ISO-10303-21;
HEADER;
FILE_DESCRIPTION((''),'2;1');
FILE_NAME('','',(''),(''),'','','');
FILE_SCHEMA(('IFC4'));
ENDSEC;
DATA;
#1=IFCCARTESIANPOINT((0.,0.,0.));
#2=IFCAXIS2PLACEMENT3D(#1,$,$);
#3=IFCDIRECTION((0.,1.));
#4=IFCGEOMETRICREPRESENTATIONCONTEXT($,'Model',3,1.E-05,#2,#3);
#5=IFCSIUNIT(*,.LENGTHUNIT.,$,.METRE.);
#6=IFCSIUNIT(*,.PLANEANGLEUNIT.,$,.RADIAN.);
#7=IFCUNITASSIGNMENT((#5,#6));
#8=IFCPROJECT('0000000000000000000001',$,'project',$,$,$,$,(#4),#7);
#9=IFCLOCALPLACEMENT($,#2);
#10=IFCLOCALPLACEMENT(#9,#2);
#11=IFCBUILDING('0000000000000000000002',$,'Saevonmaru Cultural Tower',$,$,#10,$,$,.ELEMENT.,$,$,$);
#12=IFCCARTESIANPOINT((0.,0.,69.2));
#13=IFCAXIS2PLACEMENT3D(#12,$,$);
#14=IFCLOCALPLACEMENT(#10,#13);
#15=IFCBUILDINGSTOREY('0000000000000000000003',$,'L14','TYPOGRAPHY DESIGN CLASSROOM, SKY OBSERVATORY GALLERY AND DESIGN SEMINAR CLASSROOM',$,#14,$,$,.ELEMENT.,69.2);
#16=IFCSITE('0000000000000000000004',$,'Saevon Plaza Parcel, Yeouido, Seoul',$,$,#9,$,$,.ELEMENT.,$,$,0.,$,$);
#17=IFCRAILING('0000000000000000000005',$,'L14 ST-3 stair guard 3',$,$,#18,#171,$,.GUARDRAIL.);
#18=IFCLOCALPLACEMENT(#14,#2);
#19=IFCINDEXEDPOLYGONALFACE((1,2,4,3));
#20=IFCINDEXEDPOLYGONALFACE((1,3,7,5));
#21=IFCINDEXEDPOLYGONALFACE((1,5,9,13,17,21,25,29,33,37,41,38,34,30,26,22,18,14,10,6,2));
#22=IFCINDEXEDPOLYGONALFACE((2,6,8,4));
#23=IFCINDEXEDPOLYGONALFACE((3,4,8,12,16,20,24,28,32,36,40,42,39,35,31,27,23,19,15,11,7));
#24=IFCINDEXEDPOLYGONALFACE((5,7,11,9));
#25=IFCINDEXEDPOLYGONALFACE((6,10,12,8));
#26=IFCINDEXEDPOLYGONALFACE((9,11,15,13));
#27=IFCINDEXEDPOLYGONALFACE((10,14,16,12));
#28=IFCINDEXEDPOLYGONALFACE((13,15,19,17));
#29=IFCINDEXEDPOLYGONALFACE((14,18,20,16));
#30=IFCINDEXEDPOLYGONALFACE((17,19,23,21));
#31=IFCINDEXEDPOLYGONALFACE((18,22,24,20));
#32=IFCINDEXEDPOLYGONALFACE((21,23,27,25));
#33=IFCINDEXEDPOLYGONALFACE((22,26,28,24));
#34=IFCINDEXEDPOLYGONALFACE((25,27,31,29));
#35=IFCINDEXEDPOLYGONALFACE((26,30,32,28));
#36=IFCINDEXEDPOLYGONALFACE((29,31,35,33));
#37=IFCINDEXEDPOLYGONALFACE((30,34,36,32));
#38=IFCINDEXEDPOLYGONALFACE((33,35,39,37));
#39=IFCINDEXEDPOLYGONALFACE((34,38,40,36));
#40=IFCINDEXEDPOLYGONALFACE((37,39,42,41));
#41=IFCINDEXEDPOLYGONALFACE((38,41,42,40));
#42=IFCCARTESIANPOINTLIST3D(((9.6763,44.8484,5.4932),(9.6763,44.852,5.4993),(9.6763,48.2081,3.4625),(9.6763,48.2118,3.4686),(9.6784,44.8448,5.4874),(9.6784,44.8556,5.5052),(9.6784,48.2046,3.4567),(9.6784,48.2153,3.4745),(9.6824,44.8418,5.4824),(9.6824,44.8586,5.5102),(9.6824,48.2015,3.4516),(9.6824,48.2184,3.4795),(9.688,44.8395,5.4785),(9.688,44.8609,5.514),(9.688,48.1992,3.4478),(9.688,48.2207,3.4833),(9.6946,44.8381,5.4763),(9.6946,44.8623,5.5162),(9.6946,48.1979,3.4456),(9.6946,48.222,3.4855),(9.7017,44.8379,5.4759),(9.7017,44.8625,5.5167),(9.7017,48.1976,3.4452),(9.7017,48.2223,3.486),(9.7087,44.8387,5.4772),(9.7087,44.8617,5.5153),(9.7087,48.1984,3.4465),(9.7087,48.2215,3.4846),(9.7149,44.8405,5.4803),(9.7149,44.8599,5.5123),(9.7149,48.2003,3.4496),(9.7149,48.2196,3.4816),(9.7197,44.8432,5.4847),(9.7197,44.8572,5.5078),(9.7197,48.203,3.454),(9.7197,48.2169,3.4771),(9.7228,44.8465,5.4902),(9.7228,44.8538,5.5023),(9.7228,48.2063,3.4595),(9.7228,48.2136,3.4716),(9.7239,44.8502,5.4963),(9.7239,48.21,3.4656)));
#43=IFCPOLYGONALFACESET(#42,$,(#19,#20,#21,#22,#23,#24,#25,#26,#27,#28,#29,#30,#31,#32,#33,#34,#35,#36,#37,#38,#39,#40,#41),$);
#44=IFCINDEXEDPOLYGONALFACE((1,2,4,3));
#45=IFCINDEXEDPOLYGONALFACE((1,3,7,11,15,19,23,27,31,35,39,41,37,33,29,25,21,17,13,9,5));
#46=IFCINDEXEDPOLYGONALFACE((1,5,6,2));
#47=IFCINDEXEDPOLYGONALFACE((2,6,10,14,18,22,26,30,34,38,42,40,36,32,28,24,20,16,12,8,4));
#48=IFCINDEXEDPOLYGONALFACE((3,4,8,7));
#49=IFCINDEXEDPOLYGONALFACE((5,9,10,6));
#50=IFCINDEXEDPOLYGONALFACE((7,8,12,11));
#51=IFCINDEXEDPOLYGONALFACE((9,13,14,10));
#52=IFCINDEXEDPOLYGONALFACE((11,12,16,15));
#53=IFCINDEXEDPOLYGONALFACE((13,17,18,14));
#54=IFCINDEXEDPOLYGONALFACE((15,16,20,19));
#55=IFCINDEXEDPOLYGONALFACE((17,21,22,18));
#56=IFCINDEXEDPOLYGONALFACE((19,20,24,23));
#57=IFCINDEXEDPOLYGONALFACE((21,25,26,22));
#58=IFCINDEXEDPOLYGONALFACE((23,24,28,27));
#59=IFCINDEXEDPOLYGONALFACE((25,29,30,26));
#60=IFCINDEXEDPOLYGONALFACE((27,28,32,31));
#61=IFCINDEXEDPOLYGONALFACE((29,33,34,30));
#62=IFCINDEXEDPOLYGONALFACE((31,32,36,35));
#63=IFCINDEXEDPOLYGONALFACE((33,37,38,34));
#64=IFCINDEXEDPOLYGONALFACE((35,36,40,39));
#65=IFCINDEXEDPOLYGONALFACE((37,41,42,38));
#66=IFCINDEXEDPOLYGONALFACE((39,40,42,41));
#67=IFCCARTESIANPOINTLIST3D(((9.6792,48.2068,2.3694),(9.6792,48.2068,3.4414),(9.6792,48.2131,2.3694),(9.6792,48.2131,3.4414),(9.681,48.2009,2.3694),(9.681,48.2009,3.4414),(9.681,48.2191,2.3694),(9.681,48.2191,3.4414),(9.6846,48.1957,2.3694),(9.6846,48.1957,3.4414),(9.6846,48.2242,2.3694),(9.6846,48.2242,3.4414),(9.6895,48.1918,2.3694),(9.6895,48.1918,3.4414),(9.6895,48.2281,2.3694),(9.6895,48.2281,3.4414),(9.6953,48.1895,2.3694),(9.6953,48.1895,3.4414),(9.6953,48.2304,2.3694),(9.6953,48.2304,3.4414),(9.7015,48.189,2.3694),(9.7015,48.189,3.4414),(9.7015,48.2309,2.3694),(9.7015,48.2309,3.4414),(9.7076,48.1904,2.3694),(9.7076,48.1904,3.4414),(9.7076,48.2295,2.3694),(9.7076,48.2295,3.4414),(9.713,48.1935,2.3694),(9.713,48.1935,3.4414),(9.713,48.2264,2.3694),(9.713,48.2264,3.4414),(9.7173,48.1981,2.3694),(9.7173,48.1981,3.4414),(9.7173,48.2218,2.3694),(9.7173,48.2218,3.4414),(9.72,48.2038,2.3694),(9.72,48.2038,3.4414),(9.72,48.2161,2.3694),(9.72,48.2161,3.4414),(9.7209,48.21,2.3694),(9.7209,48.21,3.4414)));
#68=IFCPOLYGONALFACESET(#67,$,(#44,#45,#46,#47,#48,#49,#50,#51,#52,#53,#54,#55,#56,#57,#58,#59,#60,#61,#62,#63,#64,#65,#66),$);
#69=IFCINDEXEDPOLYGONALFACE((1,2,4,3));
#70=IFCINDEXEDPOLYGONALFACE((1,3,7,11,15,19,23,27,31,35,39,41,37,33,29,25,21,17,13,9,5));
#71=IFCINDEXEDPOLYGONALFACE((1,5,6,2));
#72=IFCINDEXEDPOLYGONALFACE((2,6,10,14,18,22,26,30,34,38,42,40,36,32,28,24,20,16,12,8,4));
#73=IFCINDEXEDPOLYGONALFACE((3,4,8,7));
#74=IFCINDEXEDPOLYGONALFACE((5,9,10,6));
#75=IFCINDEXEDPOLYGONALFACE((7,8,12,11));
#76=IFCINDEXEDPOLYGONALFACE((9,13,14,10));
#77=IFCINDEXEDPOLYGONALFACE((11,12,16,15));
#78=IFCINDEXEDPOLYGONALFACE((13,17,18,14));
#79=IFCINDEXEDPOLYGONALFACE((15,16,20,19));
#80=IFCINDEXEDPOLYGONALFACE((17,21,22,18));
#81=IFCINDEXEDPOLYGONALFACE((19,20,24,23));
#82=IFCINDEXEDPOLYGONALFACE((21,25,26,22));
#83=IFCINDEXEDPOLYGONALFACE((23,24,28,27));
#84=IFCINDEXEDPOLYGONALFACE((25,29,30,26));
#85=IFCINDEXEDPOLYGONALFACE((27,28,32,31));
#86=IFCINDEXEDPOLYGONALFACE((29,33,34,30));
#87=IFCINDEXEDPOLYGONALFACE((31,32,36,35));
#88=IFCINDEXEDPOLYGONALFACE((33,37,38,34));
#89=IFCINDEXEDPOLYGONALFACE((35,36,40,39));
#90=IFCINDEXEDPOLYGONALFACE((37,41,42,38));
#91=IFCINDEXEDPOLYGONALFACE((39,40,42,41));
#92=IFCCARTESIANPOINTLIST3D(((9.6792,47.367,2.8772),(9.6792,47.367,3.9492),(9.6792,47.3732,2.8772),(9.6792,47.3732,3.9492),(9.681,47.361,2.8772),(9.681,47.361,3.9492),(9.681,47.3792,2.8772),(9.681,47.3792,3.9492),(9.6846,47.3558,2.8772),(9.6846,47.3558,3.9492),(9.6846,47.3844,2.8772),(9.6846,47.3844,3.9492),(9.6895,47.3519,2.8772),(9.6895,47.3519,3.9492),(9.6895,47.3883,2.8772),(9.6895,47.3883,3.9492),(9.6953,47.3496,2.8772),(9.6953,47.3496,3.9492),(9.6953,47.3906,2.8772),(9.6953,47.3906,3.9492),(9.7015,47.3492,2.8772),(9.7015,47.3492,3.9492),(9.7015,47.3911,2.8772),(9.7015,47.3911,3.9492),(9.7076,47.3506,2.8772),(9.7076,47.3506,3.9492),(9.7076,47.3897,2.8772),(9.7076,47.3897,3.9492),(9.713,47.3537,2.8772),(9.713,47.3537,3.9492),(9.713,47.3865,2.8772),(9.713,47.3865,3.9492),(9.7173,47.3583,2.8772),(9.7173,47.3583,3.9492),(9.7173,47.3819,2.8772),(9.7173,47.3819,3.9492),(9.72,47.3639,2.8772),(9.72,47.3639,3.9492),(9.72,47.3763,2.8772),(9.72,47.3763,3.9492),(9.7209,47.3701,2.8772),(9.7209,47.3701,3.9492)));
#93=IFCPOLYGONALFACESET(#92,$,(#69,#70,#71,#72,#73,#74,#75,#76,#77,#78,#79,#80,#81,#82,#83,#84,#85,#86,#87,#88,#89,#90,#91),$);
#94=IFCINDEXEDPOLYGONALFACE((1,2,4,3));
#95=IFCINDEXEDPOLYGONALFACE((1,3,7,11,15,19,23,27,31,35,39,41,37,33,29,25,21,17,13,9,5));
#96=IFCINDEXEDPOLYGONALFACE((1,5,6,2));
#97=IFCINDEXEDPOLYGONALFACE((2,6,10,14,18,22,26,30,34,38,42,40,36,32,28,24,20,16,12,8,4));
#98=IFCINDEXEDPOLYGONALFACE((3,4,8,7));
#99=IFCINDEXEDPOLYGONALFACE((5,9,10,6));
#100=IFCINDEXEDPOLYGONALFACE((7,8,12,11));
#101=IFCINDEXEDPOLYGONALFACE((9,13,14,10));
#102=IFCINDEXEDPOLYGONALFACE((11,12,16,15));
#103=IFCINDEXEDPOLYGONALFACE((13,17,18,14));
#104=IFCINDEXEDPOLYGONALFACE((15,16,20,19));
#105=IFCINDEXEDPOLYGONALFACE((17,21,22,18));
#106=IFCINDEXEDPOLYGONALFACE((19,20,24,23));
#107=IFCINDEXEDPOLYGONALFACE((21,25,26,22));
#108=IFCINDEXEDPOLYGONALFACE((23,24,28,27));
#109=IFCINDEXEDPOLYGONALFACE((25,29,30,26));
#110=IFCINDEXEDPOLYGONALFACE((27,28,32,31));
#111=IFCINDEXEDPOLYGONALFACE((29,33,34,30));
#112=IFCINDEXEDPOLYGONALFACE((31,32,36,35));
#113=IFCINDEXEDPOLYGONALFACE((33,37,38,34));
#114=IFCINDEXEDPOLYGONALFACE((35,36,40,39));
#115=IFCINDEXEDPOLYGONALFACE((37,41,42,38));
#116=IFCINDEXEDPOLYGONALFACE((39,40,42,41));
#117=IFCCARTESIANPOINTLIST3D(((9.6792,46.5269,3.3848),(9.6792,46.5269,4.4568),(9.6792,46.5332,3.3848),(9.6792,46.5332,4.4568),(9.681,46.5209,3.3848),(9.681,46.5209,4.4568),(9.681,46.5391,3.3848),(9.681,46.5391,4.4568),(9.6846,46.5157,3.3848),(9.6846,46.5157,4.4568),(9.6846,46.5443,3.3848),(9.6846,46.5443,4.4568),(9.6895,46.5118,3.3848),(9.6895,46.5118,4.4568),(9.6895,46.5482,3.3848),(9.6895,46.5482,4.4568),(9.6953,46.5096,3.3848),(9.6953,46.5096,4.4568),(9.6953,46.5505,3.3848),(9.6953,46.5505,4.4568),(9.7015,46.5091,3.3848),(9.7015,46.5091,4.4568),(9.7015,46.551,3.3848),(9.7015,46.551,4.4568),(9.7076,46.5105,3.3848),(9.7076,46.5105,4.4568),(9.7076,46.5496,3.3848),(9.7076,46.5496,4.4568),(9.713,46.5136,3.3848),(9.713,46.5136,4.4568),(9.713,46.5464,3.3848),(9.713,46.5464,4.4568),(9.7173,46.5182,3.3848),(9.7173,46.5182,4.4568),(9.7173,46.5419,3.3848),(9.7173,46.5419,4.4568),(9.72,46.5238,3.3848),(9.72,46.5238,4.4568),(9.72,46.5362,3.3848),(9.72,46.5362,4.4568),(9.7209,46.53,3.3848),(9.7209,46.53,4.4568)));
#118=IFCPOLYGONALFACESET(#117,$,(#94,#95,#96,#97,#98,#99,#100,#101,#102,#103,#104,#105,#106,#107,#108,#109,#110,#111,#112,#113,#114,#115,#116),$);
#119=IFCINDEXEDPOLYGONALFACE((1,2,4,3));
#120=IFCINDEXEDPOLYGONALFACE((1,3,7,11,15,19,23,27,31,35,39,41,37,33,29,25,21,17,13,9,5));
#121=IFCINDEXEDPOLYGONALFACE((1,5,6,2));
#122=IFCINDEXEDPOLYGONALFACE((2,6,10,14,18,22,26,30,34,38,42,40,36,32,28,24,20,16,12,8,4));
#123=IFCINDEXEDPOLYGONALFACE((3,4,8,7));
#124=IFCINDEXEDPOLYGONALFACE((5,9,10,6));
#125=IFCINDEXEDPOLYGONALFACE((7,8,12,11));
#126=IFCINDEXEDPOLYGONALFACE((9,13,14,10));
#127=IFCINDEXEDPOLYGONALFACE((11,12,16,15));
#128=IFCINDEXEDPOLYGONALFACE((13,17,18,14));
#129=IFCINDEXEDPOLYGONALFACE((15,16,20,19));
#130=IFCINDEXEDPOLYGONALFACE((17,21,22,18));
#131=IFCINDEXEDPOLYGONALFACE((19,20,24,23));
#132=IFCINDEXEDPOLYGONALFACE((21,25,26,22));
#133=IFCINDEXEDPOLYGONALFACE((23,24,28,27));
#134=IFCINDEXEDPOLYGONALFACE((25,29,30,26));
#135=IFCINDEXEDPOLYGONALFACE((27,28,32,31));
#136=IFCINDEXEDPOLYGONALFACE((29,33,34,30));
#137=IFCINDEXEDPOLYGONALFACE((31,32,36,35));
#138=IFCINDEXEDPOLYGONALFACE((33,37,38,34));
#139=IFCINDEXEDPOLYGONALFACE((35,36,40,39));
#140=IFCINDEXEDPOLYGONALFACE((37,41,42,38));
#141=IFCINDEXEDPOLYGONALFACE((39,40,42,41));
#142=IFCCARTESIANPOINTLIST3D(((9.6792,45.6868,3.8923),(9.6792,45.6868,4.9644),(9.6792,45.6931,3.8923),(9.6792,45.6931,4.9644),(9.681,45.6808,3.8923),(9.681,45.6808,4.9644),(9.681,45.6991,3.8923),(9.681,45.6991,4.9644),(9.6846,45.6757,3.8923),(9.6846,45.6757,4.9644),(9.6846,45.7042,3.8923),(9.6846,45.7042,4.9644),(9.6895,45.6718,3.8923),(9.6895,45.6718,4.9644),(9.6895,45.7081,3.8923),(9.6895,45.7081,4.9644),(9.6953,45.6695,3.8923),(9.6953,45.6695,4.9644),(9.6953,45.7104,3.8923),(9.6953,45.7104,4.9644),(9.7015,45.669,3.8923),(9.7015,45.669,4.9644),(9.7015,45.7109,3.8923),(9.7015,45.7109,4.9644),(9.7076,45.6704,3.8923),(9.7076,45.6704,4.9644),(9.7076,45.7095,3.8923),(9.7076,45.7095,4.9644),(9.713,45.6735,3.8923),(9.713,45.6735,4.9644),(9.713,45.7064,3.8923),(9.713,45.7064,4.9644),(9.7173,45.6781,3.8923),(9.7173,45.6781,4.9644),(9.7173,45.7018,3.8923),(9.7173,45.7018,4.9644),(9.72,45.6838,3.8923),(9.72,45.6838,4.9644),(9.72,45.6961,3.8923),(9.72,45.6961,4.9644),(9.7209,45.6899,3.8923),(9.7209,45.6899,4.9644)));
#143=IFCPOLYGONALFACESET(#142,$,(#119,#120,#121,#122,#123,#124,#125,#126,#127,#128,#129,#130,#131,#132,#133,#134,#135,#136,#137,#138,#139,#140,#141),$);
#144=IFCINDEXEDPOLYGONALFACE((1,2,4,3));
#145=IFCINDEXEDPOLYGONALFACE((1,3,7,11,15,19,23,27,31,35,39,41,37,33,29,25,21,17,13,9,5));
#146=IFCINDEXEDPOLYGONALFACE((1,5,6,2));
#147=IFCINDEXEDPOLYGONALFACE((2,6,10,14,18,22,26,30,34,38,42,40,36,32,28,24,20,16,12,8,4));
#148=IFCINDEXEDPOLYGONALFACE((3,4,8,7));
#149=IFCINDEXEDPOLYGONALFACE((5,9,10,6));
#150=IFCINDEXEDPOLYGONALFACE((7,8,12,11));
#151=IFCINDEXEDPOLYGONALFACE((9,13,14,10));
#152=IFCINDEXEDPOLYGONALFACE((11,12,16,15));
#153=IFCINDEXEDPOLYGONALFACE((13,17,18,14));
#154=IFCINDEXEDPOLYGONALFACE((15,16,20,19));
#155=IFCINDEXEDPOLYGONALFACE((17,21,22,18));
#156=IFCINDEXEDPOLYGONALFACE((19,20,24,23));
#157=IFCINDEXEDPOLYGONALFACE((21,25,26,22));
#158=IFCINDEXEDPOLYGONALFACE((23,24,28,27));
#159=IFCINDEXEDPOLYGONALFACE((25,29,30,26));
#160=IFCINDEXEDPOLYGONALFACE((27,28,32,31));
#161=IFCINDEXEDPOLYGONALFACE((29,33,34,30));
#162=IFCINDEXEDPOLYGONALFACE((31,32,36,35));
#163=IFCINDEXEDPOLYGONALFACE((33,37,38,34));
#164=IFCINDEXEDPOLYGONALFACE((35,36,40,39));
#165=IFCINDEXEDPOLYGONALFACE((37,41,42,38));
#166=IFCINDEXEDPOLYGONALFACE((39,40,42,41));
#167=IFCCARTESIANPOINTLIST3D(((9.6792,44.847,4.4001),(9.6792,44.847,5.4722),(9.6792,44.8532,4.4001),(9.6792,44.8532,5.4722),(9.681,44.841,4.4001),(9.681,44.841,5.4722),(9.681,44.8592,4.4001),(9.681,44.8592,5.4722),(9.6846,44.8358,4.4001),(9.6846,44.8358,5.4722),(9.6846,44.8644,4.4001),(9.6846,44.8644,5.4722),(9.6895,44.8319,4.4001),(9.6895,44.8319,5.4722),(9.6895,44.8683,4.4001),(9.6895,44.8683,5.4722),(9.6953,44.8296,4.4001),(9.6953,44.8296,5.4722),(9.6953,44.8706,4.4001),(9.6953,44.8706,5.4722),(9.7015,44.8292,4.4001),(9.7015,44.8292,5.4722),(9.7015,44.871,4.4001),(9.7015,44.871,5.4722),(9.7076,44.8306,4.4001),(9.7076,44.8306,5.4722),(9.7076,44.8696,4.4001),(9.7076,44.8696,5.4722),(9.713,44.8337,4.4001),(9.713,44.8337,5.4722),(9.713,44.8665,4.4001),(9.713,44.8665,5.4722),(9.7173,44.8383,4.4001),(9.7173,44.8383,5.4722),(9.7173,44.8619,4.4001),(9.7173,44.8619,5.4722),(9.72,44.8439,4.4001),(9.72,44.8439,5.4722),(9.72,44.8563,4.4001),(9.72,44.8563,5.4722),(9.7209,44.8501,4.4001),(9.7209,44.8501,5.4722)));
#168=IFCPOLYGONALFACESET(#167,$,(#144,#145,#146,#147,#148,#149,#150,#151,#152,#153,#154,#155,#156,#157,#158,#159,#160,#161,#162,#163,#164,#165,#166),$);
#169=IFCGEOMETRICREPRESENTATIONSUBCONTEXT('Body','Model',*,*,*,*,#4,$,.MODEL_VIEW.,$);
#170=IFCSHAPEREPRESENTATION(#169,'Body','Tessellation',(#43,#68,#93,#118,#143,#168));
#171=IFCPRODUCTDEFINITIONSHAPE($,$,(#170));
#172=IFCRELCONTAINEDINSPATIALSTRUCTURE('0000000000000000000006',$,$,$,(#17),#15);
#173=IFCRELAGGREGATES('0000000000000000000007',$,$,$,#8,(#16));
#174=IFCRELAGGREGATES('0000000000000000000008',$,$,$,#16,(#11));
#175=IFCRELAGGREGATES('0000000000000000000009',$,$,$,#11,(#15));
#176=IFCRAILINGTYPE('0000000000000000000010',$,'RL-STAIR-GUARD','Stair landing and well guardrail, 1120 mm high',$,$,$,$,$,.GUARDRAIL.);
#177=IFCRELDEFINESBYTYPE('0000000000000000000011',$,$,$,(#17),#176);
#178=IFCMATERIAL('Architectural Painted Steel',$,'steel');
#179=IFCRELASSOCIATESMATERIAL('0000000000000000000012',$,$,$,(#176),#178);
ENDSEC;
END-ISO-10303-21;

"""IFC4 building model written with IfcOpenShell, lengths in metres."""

from ifc_helpers import new_model, si_unit, direction, frame, origin, origin_2d, place, context, subcontext, project, spatial, circle, extrude, material, type_object, element, save


model = new_model("IFC4")

# Units and contexts
model_context = context("Model", 3, precision=1e-05, world=origin(), true_north=direction((0.0, 1.0)))
body_context = subcontext(model_context, "Body", "Model", "MODEL_VIEW")
ifc_project = project(units=[si_unit("LENGTHUNIT", "METRE"), si_unit("PLANEANGLEUNIT", "RADIAN")], contexts=[model_context])

# Site, building, storey
site_placement = place(None, origin())
site = spatial("IfcSite", under=ifc_project, at=site_placement, Name="Saevon Plaza Parcel, Yeouido, Seoul", CompositionType="ELEMENT", RefElevation=0.0)
building_placement = place(site_placement, origin())
building = spatial("IfcBuilding", under=site, at=building_placement, Name="Saevonmaru Cultural Tower", CompositionType="ELEMENT")
storey_placement = place(building_placement, frame((0.0, 0.0, 69.2)))
storey = spatial("IfcBuildingStorey", under=building, at=storey_placement, Name="L14", Description="TYPOGRAPHY DESIGN CLASSROOM, SKY OBSERVATORY GALLERY AND DESIGN SEMINAR CLASSROOM", CompositionType="ELEMENT", Elevation=69.2)

# Railing
ifc_material_1 = material(Name="Architectural Painted Steel", Category="steel")
railing_type_1 = type_object("IfcRailingType", Name="RL-STAIR-GUARD", Description="Stair landing and well guardrail, 1120 mm high", PredefinedType="GUARDRAIL", material=ifc_material_1)
railing_1_placement = place(storey_placement, frame((9.7, 48.21, 2.3694)))
element("IfcRailing", 1, at=railing_1_placement, inside=storey, type_object=railing_type_1, Name="L14 ST-3 stair guard 3", PredefinedType="GUARDRAIL", context=body_context, shape_type="SweptSolid", body=[
    extrude(circle(Radius=0.0239, at=origin_2d()), frame((0.0, 0.0, 1.0962), z_axis=(0.0, -0.85582, 0.517273), x_axis=(1.0, 0.0, 0.0)), (0.0, 0.0, 1.0), 3.9258),
    extrude(circle(Radius=0.021, at=origin_2d()), origin(), (0.0, 0.0, 1.0), 1.072),
    extrude(circle(Radius=0.021, at=origin_2d()), frame((0.0, -0.8398, 0.5078)), (0.0, 0.0, 1.0), 1.072),
    extrude(circle(Radius=0.021, at=origin_2d()), frame((0.0, -1.6799, 1.0154)), (0.0, 0.0, 1.0), 1.072),
    extrude(circle(Radius=0.021, at=origin_2d()), frame((0.0, -2.52, 1.5229)), (0.0, 0.0, 1.0), 1.072),
    extrude(circle(Radius=0.021, at=origin_2d()), frame((0.0, -3.3599, 2.0308)), (0.0, 0.0, 1.0), 1.072),
])

save(model, "model.ifc")
